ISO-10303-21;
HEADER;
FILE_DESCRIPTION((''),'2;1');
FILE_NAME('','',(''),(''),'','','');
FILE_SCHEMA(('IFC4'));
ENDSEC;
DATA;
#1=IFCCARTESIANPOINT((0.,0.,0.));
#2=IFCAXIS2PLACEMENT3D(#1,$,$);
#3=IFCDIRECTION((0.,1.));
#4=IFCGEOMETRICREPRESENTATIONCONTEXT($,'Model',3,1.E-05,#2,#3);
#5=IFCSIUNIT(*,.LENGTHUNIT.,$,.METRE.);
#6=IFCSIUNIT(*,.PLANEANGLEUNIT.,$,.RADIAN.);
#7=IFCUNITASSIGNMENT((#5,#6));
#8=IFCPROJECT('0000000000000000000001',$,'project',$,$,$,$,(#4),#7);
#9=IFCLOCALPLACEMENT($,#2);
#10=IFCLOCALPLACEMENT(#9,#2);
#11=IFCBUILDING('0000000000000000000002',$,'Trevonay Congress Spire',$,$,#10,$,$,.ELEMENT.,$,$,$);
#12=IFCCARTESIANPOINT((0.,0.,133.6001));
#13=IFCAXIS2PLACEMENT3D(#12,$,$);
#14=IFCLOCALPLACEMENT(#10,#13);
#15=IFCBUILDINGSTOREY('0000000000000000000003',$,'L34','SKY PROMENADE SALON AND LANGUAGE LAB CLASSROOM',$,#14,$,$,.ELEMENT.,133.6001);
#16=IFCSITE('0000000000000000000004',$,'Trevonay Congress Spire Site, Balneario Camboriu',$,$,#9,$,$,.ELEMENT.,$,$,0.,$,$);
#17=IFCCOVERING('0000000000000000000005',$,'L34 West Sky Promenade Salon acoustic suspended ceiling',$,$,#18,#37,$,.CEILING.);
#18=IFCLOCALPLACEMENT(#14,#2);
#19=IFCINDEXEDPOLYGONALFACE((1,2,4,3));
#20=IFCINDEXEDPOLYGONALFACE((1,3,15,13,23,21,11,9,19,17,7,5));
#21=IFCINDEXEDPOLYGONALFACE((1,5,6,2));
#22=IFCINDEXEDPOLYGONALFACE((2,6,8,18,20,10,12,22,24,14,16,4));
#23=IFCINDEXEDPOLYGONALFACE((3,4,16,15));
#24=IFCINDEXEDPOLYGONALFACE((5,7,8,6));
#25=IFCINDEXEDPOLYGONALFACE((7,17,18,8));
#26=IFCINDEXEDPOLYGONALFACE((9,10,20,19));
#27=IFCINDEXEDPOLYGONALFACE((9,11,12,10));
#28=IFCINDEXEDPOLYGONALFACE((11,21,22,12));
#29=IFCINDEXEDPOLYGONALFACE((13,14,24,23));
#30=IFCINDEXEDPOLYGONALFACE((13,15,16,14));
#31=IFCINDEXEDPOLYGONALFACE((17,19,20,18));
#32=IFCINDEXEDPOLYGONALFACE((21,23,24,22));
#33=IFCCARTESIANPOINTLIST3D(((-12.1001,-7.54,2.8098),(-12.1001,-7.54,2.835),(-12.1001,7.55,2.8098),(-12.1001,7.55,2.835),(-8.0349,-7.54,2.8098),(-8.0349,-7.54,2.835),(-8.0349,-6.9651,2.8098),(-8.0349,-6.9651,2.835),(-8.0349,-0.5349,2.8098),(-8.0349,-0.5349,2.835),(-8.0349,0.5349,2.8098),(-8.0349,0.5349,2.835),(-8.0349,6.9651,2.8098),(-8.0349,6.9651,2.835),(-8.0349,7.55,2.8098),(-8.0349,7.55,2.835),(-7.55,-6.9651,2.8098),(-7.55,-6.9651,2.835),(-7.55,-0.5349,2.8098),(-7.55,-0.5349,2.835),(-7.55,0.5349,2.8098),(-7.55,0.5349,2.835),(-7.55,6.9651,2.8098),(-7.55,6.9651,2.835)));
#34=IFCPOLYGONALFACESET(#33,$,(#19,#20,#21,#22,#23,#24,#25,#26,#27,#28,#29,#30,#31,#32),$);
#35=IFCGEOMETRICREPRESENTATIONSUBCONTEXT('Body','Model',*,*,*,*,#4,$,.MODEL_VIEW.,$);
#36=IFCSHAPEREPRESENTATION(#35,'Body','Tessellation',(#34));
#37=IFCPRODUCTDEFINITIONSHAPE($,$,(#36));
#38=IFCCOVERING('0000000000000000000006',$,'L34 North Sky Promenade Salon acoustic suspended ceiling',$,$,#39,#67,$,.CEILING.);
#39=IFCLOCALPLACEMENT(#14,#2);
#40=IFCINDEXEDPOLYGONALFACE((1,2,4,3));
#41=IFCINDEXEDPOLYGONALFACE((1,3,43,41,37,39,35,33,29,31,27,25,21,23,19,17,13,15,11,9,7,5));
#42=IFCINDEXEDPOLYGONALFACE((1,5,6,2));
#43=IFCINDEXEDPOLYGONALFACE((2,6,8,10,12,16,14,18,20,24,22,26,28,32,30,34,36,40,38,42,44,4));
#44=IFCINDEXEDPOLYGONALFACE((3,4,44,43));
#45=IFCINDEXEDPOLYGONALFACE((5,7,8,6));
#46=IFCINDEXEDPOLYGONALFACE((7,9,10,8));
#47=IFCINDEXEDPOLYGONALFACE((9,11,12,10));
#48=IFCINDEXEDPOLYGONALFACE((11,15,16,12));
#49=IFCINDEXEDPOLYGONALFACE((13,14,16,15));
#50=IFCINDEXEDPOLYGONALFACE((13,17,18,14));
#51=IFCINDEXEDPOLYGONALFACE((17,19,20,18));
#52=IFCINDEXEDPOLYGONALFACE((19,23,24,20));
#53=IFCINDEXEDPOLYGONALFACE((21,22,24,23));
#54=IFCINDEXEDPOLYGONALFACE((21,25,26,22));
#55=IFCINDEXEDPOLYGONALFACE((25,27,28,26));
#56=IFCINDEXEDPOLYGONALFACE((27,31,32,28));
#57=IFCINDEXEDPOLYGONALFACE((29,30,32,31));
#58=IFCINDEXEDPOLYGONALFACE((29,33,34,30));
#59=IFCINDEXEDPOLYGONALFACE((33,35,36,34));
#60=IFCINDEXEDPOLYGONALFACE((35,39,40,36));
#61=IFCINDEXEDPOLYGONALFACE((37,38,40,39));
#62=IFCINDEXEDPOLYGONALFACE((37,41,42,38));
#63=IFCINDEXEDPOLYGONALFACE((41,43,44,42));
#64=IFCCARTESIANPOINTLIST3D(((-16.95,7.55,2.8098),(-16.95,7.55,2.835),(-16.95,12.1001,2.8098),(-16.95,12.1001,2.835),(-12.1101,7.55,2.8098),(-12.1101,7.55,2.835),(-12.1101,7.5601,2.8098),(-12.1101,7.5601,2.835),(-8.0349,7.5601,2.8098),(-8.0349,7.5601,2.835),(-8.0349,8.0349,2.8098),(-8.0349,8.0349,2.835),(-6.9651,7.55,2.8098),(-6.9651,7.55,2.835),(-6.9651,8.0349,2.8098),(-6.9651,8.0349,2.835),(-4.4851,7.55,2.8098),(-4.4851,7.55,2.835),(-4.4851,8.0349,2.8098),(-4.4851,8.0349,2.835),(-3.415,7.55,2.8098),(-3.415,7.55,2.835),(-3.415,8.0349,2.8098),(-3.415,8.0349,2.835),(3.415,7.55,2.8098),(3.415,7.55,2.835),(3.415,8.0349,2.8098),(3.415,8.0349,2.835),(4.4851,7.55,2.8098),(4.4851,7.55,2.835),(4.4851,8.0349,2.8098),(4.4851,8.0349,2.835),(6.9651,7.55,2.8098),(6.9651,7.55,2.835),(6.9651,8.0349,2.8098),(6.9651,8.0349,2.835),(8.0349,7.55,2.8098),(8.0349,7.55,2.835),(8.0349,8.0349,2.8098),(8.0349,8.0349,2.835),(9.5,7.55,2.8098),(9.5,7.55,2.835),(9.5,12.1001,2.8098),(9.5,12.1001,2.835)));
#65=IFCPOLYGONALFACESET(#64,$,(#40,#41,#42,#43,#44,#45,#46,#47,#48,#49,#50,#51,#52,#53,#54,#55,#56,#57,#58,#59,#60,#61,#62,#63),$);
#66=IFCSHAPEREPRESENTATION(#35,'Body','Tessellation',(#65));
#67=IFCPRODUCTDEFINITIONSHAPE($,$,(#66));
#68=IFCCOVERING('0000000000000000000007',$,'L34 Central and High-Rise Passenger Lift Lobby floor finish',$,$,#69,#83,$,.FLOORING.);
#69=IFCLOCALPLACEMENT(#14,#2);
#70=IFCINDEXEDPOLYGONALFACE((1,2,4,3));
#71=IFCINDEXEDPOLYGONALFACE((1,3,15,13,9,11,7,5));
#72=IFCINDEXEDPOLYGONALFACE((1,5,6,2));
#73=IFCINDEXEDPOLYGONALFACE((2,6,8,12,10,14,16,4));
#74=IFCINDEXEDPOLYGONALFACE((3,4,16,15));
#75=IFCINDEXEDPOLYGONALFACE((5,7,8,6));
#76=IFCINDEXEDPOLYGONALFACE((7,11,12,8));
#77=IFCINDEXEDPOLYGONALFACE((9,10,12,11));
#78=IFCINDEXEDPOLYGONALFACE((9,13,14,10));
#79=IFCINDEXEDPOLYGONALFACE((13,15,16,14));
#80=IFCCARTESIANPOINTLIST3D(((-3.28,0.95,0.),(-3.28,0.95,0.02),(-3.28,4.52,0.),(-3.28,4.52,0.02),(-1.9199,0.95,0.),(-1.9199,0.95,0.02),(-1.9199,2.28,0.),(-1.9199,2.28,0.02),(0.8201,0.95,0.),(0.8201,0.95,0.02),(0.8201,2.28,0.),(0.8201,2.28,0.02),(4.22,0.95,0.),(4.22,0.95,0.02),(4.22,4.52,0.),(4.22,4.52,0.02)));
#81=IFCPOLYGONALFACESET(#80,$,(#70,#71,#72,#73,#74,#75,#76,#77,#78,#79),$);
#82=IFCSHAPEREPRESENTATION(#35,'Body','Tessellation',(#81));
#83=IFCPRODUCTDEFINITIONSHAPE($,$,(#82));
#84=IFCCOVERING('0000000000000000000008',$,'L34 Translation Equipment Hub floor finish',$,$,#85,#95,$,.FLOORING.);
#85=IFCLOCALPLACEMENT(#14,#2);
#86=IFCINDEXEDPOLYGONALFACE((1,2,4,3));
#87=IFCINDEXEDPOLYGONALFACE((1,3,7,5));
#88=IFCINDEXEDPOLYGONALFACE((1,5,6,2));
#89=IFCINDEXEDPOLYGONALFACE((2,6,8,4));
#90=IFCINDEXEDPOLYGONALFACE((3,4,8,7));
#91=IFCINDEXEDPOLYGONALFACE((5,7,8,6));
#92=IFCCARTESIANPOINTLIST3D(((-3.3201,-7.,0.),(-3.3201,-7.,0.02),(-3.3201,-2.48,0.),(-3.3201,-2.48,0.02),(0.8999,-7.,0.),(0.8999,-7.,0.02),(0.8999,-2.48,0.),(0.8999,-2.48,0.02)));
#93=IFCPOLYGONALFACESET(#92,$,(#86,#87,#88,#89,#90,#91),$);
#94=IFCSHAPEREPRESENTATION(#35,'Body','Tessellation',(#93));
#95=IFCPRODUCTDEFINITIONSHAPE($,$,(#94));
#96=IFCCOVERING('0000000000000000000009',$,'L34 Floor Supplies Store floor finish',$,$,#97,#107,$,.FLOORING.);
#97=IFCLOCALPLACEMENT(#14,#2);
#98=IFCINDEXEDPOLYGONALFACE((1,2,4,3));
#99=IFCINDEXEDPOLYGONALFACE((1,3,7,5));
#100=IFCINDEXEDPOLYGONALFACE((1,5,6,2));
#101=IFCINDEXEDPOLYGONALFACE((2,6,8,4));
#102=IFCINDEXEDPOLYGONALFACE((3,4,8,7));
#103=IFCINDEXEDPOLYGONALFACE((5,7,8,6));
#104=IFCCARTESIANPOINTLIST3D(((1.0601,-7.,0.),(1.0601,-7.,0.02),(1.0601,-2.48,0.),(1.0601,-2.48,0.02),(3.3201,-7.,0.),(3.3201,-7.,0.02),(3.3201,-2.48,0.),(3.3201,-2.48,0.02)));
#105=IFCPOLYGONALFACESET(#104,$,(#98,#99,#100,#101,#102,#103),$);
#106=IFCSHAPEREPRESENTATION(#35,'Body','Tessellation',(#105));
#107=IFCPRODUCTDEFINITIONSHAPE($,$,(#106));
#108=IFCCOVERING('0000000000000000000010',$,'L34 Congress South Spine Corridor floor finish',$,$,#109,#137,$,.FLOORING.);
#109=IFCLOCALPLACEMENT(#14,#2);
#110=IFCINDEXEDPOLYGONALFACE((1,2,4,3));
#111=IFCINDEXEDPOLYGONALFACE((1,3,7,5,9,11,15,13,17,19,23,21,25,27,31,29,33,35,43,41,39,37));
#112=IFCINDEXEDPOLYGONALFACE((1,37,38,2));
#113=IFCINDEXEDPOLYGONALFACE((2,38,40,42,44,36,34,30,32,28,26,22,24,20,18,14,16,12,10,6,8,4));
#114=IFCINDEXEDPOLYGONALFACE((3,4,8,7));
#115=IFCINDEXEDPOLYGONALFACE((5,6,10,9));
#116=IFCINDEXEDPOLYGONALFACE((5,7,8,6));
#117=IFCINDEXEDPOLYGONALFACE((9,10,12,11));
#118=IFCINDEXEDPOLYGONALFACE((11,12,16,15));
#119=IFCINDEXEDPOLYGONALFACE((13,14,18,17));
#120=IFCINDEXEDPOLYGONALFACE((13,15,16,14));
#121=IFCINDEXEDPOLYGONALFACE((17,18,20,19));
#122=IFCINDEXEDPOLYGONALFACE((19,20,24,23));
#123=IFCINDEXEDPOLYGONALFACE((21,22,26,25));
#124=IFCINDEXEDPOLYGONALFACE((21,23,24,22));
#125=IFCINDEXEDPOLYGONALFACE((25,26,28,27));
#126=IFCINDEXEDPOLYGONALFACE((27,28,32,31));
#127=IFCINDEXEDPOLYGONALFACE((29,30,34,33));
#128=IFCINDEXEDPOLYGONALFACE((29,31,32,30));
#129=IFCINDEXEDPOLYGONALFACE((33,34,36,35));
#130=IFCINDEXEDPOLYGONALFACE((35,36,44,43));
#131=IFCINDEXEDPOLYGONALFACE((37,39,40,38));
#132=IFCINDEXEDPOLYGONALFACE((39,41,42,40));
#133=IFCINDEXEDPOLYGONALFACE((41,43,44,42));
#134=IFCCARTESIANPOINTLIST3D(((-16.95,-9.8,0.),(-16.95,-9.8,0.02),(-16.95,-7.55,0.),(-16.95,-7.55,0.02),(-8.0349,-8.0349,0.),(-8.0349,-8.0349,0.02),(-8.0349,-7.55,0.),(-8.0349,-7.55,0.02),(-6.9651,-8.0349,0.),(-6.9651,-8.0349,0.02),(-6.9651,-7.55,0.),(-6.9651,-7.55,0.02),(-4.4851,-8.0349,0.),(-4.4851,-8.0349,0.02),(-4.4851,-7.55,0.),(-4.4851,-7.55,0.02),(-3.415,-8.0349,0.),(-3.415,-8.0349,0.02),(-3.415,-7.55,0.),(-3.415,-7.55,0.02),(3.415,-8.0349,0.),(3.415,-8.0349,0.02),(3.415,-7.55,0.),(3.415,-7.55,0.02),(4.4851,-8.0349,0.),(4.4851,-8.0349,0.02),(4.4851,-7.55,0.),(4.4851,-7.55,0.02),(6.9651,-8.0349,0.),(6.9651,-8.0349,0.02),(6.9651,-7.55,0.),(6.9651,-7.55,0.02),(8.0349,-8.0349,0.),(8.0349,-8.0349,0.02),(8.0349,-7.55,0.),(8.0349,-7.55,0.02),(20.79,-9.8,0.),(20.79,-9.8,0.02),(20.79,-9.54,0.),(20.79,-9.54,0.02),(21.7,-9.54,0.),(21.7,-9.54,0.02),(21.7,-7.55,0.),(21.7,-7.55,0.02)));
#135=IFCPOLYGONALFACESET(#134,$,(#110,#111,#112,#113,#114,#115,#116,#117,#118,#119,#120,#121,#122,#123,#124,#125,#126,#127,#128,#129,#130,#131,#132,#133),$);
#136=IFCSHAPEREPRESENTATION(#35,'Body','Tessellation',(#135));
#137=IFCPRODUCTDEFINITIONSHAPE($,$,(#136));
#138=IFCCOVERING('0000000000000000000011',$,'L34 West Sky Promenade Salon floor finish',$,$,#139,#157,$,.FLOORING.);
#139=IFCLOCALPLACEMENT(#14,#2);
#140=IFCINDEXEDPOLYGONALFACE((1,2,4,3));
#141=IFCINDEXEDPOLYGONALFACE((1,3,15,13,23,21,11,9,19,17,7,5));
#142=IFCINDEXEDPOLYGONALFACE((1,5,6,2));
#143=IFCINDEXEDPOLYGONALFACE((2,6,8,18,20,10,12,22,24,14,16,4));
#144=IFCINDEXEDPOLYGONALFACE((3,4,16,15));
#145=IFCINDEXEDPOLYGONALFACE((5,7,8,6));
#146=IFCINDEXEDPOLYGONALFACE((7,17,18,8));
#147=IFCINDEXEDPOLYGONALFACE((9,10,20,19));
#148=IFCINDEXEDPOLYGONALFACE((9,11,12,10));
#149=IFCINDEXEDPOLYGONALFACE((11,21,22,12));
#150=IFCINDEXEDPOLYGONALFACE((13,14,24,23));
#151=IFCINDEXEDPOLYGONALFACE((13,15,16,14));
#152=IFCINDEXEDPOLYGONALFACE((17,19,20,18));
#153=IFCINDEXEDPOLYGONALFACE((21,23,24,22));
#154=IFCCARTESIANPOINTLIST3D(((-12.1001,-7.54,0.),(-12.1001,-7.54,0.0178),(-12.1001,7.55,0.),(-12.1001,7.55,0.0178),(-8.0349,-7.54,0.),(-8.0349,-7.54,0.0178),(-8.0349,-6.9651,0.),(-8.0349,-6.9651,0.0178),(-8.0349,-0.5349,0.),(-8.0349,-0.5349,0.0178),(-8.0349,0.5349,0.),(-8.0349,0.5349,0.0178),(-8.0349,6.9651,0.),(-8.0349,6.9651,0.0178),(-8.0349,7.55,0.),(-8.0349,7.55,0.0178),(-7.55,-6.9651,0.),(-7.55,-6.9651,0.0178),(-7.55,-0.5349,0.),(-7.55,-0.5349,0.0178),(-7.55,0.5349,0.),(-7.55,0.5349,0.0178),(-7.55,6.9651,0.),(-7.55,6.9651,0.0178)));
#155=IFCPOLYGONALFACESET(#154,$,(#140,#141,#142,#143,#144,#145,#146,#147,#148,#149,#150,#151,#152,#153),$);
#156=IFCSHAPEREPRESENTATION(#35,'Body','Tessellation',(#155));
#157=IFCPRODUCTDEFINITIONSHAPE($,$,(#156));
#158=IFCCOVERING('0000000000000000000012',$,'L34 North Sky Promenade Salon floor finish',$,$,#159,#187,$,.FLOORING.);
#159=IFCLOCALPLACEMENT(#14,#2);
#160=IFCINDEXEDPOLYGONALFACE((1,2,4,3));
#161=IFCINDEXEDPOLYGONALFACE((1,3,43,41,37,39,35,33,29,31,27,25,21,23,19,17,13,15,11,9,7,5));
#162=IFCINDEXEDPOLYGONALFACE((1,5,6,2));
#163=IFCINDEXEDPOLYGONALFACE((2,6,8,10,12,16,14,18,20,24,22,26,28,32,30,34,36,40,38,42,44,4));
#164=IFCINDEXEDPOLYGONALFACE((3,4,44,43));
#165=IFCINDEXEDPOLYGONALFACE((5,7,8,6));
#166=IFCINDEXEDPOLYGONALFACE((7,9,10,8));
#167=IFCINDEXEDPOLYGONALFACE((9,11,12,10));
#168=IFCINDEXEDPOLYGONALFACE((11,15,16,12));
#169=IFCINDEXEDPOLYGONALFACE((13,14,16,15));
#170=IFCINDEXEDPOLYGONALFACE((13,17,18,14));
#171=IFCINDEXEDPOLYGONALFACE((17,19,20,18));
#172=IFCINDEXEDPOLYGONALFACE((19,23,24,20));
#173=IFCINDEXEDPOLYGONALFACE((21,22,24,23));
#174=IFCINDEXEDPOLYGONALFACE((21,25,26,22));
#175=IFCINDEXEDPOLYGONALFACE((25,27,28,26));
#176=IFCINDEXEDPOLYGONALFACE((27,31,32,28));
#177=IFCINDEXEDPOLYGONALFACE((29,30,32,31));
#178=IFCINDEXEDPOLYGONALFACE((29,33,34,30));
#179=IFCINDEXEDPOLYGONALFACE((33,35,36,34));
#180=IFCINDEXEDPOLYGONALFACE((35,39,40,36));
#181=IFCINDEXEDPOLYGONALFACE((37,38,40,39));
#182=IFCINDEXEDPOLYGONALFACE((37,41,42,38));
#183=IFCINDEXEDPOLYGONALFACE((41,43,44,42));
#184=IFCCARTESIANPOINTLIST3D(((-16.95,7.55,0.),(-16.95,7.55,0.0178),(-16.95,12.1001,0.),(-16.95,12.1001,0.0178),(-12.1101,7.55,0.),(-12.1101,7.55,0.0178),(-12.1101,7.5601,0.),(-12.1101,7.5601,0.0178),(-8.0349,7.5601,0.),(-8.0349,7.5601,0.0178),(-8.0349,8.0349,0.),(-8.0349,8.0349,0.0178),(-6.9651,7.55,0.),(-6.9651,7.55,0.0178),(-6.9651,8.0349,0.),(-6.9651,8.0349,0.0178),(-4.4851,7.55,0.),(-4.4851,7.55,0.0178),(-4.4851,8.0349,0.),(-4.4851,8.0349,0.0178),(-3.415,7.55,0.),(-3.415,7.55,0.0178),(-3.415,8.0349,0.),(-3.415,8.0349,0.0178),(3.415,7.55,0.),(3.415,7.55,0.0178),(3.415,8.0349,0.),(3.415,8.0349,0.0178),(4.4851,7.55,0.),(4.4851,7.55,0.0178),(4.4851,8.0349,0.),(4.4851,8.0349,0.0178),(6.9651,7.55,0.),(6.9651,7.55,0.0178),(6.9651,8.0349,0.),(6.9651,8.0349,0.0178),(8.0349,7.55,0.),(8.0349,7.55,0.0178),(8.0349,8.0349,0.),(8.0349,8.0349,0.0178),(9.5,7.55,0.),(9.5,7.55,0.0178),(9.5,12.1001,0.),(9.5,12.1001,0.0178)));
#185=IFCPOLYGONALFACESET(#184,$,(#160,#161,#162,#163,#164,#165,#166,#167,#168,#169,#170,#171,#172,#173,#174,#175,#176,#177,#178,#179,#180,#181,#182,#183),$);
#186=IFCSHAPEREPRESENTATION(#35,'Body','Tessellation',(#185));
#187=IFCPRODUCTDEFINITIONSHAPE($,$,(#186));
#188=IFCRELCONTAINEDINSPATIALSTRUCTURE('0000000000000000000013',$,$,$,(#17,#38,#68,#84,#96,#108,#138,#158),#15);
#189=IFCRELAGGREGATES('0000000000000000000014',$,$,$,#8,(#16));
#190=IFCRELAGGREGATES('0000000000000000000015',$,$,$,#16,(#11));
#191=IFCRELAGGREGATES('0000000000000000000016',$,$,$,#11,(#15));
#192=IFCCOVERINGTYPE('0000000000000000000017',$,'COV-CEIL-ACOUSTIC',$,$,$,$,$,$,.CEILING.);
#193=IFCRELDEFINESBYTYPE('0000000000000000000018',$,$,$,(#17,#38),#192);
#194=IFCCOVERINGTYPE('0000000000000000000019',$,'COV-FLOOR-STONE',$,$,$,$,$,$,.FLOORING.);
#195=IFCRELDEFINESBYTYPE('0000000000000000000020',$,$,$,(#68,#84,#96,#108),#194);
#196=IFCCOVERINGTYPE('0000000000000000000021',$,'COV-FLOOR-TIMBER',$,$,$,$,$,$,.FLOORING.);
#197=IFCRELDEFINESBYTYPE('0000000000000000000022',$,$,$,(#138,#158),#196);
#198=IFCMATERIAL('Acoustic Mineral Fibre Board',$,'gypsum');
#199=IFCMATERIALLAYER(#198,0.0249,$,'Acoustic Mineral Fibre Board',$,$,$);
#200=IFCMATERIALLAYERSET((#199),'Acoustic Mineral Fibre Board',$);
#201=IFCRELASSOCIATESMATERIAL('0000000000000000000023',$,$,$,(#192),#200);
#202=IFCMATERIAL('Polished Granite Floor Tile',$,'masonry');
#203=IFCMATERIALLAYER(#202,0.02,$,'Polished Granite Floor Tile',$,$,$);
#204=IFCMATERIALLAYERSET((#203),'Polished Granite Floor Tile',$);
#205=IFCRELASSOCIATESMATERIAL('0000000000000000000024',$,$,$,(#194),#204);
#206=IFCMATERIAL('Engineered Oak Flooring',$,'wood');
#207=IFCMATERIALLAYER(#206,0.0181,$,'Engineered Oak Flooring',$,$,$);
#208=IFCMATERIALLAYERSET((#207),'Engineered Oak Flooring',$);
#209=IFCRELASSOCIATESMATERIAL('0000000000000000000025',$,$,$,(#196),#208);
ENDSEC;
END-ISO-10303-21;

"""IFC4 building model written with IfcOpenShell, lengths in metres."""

from ifc_helpers import new_model, si_unit, direction, frame, origin, place, context, subcontext, project, spatial, polyline, outline, extrude, material, layer, layer_set, type_object, element, save


model = new_model("IFC4")

# Units and contexts
model_context = context("Model", 3, precision=1e-05, world=origin(), true_north=direction((0.0, 1.0)))
body_context = subcontext(model_context, "Body", "Model", "MODEL_VIEW")
ifc_project = project(units=[si_unit("LENGTHUNIT", "METRE"), si_unit("PLANEANGLEUNIT", "RADIAN")], contexts=[model_context])

# Site, building, storey
site_placement = place(None, origin())
site = spatial("IfcSite", under=ifc_project, at=site_placement, Name="Trevonay Congress Spire Site, Balneario Camboriu", CompositionType="ELEMENT", RefElevation=0.0)
building_placement = place(site_placement, origin())
building = spatial("IfcBuilding", under=site, at=building_placement, Name="Trevonay Congress Spire", CompositionType="ELEMENT")
storey_placement = place(building_placement, frame((0.0, 0.0, 133.6001)))
storey = spatial("IfcBuildingStorey", under=building, at=storey_placement, Name="L34", Description="SKY PROMENADE SALON AND LANGUAGE LAB CLASSROOM", CompositionType="ELEMENT", Elevation=133.6001)

# Coverings
ifc_material_1 = material(Name="Acoustic Mineral Fibre Board", Category="gypsum")
ifc_layer_1 = layer(ifc_material_1, 0.0249, Name="Acoustic Mineral Fibre Board")
ifc_layer_set_1 = layer_set([ifc_layer_1], Name="Acoustic Mineral Fibre Board")
covering_type_1 = type_object("IfcCoveringType", Name="COV-CEIL-ACOUSTIC", PredefinedType="CEILING", material=ifc_layer_set_1)
covering_1_placement = place(storey_placement, frame((0.0, 0.0, 2.8098)))
element("IfcCovering", 1, at=covering_1_placement, inside=storey, type_object=covering_type_1, Name="L34 West Sky Promenade Salon acoustic suspended ceiling", PredefinedType="CEILING", context=body_context, shape_type="SweptSolid", body=[
    extrude(outline(polyline([(-12.1001, 7.55), (-8.0349, 7.55), (-8.0349, 6.9651), (-7.55, 6.9651), (-7.55, 0.5349), (-8.0349, 0.5349), (-8.0349, -0.5349), (-7.55, -0.5349), (-7.55, -6.9651), (-8.0349, -6.9651), (-8.0349, -7.54), (-12.1001, -7.54), (-12.1001, 7.55)])), origin(), (0.0, 0.0, 1.0), 0.0251),
])
covering_2_placement = place(storey_placement, frame((0.0, 0.0, 2.8098)))
element("IfcCovering", 2, at=covering_2_placement, inside=storey, type_object=covering_type_1, Name="L34 North Sky Promenade Salon acoustic suspended ceiling", PredefinedType="CEILING", context=body_context, shape_type="SweptSolid", body=[
    extrude(outline(polyline([(-16.95, 12.1001), (9.5, 12.1001), (9.5, 7.55), (8.0349, 7.55), (8.0349, 8.0349), (6.9651, 8.0349), (6.9651, 7.55), (4.4851, 7.55), (4.4851, 8.0349), (3.415, 8.0349), (3.415, 7.55), (-3.415, 7.55), (-3.415, 8.0349), (-4.4851, 8.0349), (-4.4851, 7.55), (-6.9651, 7.55), (-6.9651, 8.0349), (-8.0349, 8.0349), (-8.0349, 7.5601), (-12.1101, 7.5601), (-12.1101, 7.55), (-16.95, 7.55), (-16.95, 12.1001)])), origin(), (0.0, 0.0, 1.0), 0.0251),
])
ifc_material_2 = material(Name="Polished Granite Floor Tile", Category="masonry")
ifc_layer_2 = layer(ifc_material_2, 0.02, Name="Polished Granite Floor Tile")
ifc_layer_set_2 = layer_set([ifc_layer_2], Name="Polished Granite Floor Tile")
covering_type_2 = type_object("IfcCoveringType", Name="COV-FLOOR-STONE", PredefinedType="FLOORING", material=ifc_layer_set_2)
covering_3_placement = place(storey_placement, origin())
element("IfcCovering", 3, at=covering_3_placement, inside=storey, type_object=covering_type_2, Name="L34 Central and High-Rise Passenger Lift Lobby floor finish", PredefinedType="FLOORING", context=body_context, shape_type="SweptSolid", body=[
    extrude(outline(polyline([(-3.28, 0.95), (-1.9199, 0.95), (-1.9199, 2.28), (0.8201, 2.28), (0.8201, 0.95), (4.22, 0.95), (4.22, 4.52), (-3.28, 4.52), (-3.28, 0.95)])), origin(), (0.0, 0.0, 1.0), 0.02),
])
covering_4_placement = place(storey_placement, origin())
element("IfcCovering", 4, at=covering_4_placement, inside=storey, type_object=covering_type_2, Name="L34 Translation Equipment Hub floor finish", PredefinedType="FLOORING", context=body_context, shape_type="SweptSolid", body=[
    extrude(outline(polyline([(-3.3201, -7.0), (0.8999, -7.0), (0.8999, -2.48), (-3.3201, -2.48), (-3.3201, -7.0)])), origin(), (0.0, 0.0, 1.0), 0.02),
])
covering_5_placement = place(storey_placement, origin())
element("IfcCovering", 5, at=covering_5_placement, inside=storey, type_object=covering_type_2, Name="L34 Floor Supplies Store floor finish", PredefinedType="FLOORING", context=body_context, shape_type="SweptSolid", body=[
    extrude(outline(polyline([(1.0601, -7.0), (3.3201, -7.0), (3.3201, -2.48), (1.0601, -2.48), (1.0601, -7.0)])), origin(), (0.0, 0.0, 1.0), 0.02),
])
covering_6_placement = place(storey_placement, origin())
element("IfcCovering", 6, at=covering_6_placement, inside=storey, type_object=covering_type_2, Name="L34 Congress South Spine Corridor floor finish", PredefinedType="FLOORING", context=body_context, shape_type="SweptSolid", body=[
    extrude(outline(polyline([(-16.95, -9.8), (-16.95, -7.55), (-8.0349, -7.55), (-8.0349, -8.0349), (-6.9651, -8.0349), (-6.9651, -7.55), (-4.4851, -7.55), (-4.4851, -8.0349), (-3.415, -8.0349), (-3.415, -7.55), (3.415, -7.55), (3.415, -8.0349), (4.4851, -8.0349), (4.4851, -7.55), (6.9651, -7.55), (6.9651, -8.0349), (8.0349, -8.0349), (8.0349, -7.55), (21.7, -7.55), (21.7, -9.54), (20.79, -9.54), (20.79, -9.8), (-16.95, -9.8)])), origin(), (0.0, 0.0, 1.0), 0.02),
])
ifc_material_3 = material(Name="Engineered Oak Flooring", Category="wood")
ifc_layer_3 = layer(ifc_material_3, 0.0181, Name="Engineered Oak Flooring")
ifc_layer_set_3 = layer_set([ifc_layer_3], Name="Engineered Oak Flooring")
covering_type_3 = type_object("IfcCoveringType", Name="COV-FLOOR-TIMBER", PredefinedType="FLOORING", material=ifc_layer_set_3)
covering_7_placement = place(storey_placement, origin())
element("IfcCovering", 7, at=covering_7_placement, inside=storey, type_object=covering_type_3, Name="L34 West Sky Promenade Salon floor finish", PredefinedType="FLOORING", context=body_context, shape_type="SweptSolid", body=[
    extrude(outline(polyline([(-12.1001, 7.55), (-8.0349, 7.55), (-8.0349, 6.9651), (-7.55, 6.9651), (-7.55, 0.5349), (-8.0349, 0.5349), (-8.0349, -0.5349), (-7.55, -0.5349), (-7.55, -6.9651), (-8.0349, -6.9651), (-8.0349, -7.54), (-12.1001, -7.54), (-12.1001, 7.55)])), origin(), (0.0, 0.0, 1.0), 0.0178),
])
covering_8_placement = place(storey_placement, origin())
element("IfcCovering", 8, at=covering_8_placement, inside=storey, type_object=covering_type_3, Name="L34 North Sky Promenade Salon floor finish", PredefinedType="FLOORING", context=body_context, shape_type="SweptSolid", body=[
    extrude(outline(polyline([(-16.95, 12.1001), (9.5, 12.1001), (9.5, 7.55), (8.0349, 7.55), (8.0349, 8.0349), (6.9651, 8.0349), (6.9651, 7.55), (4.4851, 7.55), (4.4851, 8.0349), (3.415, 8.0349), (3.415, 7.55), (-3.415, 7.55), (-3.415, 8.0349), (-4.4851, 8.0349), (-4.4851, 7.55), (-6.9651, 7.55), (-6.9651, 8.0349), (-8.0349, 8.0349), (-8.0349, 7.5601), (-12.1101, 7.5601), (-12.1101, 7.55), (-16.95, 7.55), (-16.95, 12.1001)])), origin(), (0.0, 0.0, 1.0), 0.0178),
])

save(model, "model.ifc")
